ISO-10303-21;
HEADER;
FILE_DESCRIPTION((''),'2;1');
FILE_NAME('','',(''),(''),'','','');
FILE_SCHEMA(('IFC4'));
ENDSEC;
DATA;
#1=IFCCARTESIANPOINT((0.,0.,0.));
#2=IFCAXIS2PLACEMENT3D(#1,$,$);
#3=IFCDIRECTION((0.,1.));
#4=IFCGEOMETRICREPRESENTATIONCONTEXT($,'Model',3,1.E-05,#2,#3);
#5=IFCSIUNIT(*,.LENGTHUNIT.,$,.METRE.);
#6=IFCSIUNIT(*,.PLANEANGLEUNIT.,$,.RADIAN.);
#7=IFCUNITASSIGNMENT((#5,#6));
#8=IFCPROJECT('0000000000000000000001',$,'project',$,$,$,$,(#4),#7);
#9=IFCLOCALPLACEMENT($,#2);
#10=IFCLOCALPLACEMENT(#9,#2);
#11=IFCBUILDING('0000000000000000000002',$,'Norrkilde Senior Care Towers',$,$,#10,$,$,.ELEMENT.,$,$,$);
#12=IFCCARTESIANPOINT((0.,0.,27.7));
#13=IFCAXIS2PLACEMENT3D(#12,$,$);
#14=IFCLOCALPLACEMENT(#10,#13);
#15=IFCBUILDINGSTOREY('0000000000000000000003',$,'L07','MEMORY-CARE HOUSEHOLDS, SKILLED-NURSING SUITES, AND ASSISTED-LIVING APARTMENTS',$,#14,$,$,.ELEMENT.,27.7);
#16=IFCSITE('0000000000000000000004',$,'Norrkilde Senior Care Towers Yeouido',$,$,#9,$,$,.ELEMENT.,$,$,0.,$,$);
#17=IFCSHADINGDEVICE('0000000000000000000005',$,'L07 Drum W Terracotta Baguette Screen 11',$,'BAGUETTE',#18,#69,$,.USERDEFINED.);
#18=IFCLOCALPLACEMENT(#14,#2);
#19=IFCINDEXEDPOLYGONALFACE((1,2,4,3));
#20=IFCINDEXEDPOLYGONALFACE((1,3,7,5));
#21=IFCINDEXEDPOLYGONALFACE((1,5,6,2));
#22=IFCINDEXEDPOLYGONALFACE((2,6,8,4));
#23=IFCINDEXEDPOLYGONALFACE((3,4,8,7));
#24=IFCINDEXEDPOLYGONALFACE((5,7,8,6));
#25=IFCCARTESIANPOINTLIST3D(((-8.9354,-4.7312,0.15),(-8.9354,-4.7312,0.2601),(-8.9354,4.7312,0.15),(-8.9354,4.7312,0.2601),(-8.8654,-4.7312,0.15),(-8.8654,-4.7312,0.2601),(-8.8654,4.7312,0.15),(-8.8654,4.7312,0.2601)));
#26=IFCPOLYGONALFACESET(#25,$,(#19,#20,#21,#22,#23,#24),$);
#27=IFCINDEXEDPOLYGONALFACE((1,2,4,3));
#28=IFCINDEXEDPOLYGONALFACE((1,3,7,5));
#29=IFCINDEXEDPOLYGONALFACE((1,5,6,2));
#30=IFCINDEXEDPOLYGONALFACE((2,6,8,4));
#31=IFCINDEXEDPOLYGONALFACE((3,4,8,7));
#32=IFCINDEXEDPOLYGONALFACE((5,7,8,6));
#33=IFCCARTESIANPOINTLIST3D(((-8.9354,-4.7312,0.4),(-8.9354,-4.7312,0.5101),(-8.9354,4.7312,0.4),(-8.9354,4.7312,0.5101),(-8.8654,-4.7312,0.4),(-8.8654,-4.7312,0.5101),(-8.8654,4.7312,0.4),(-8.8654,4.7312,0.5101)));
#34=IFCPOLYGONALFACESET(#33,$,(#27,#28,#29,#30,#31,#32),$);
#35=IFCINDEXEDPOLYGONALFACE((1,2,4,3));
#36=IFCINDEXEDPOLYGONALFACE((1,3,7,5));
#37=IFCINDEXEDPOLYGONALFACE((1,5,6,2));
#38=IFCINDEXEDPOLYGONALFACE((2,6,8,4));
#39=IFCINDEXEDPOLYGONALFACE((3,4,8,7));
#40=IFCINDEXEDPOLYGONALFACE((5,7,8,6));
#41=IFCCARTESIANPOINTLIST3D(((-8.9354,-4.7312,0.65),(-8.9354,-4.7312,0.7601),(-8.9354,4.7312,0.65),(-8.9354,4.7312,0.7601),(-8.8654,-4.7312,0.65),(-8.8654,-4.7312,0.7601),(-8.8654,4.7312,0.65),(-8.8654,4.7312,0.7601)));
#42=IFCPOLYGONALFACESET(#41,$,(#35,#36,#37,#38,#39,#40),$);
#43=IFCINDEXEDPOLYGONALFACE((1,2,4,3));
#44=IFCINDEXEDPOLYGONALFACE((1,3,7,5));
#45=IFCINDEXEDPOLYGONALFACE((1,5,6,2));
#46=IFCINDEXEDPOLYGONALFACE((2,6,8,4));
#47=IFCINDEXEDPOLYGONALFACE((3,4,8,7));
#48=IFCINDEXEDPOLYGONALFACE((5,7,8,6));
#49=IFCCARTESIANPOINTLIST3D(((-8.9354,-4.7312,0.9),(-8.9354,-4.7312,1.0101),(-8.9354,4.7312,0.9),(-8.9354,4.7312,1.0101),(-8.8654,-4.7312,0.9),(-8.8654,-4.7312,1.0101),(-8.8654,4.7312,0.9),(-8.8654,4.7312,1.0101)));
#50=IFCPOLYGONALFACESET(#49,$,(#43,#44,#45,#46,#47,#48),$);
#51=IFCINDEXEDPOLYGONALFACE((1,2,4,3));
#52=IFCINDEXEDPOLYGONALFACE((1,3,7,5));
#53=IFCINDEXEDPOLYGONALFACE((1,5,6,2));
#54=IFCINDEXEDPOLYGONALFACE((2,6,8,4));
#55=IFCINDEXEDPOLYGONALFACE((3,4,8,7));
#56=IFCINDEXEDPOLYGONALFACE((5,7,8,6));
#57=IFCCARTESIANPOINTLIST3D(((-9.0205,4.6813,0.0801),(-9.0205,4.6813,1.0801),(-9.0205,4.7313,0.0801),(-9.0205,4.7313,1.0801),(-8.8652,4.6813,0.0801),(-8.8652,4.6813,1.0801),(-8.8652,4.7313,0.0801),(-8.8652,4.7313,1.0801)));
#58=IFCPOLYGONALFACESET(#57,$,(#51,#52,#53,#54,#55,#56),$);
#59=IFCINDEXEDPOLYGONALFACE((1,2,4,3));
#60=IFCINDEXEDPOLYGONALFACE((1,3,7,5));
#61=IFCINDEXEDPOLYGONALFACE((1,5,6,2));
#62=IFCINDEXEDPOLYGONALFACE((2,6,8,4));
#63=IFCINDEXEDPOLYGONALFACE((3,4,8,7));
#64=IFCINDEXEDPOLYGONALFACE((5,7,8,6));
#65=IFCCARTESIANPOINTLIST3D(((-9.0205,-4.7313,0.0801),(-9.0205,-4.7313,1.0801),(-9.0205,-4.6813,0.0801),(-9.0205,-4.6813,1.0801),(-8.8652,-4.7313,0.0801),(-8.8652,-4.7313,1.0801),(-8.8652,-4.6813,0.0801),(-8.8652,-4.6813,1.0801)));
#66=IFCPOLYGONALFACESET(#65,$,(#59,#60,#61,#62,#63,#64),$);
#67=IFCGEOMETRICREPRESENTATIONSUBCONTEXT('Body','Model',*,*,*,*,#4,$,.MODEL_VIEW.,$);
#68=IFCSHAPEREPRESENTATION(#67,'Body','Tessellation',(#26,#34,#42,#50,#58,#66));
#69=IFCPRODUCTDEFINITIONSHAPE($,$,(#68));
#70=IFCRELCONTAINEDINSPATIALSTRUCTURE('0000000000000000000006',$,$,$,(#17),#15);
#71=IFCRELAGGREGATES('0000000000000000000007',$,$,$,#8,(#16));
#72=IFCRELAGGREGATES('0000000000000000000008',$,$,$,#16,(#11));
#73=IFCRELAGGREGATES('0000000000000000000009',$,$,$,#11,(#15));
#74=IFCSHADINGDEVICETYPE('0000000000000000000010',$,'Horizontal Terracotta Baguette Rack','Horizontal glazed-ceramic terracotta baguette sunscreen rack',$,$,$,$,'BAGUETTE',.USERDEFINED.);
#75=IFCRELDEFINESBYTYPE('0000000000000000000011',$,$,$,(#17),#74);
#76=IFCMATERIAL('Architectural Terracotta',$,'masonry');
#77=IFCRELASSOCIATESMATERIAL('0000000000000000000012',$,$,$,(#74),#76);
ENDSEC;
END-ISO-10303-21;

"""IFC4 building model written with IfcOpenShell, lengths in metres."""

from ifc_helpers import new_model, si_unit, direction, frame, origin, origin_2d, place, context, subcontext, project, spatial, rectangle, extrude, source, transform, mapped, material, type_object, type_shapes, element, save


model = new_model("IFC4")

# Units and contexts
model_context = context("Model", 3, precision=1e-05, world=origin(), true_north=direction((0.0, 1.0)))
body_context = subcontext(model_context, "Body", "Model", "MODEL_VIEW")
ifc_project = project(units=[si_unit("LENGTHUNIT", "METRE"), si_unit("PLANEANGLEUNIT", "RADIAN")], contexts=[model_context])

# Site, building, storey
site_placement = place(None, origin())
site = spatial("IfcSite", under=ifc_project, at=site_placement, Name="Norrkilde Senior Care Towers Yeouido", CompositionType="ELEMENT", RefElevation=0.0)
building_placement = place(site_placement, origin())
building = spatial("IfcBuilding", under=site, at=building_placement, Name="Norrkilde Senior Care Towers", CompositionType="ELEMENT")
storey_placement = place(building_placement, frame((0.0, 0.0, 27.7)))
storey = spatial("IfcBuildingStorey", under=building, at=storey_placement, Name="L07", Description="MEMORY-CARE HOUSEHOLDS, SKILLED-NURSING SUITES, AND ASSISTED-LIVING APARTMENTS", CompositionType="ELEMENT", Elevation=27.7)

# Shading device
ifc_material_1 = material(Name="Architectural Terracotta", Category="masonry")
shading_device_type = type_object("IfcShadingDeviceType", Name="Horizontal Terracotta Baguette Rack", Description="Horizontal glazed-ceramic terracotta baguette sunscreen rack", ElementType="BAGUETTE", PredefinedType="USERDEFINED", material=ifc_material_1)
shared_shape_1 = source(origin(), body_context, "Body", "SweptSolid", [
    extrude(rectangle(XDim=0.0701, YDim=0.1101, at=origin_2d()), frame((0.0, 0.0901, 0.125), z_axis=(1.0, 0.0, 0.0), x_axis=(0.0, 1.0, 0.0)), (0.0, 0.0, 1.0), 9.4624),
    extrude(rectangle(XDim=0.0701, YDim=0.1101, at=origin_2d()), frame((0.0, 0.0901, 0.375), z_axis=(1.0, 0.0, 0.0), x_axis=(0.0, 1.0, 0.0)), (0.0, 0.0, 1.0), 9.4624),
    extrude(rectangle(XDim=0.0701, YDim=0.1101, at=origin_2d()), frame((0.0, 0.0901, 0.625), z_axis=(1.0, 0.0, 0.0), x_axis=(0.0, 1.0, 0.0)), (0.0, 0.0, 1.0), 9.4624),
    extrude(rectangle(XDim=0.0701, YDim=0.1101, at=origin_2d()), frame((0.0, 0.0901, 0.875), z_axis=(1.0, 0.0, 0.0), x_axis=(0.0, 1.0, 0.0)), (0.0, 0.0, 1.0), 9.4624),
    extrude(rectangle(XDim=0.05, YDim=0.1553, at=origin_2d()), frame((0.0249, 0.0476, 0.0)), (0.0, 0.0, 1.0), 1.0),
    extrude(rectangle(XDim=0.05, YDim=0.1553, at=origin_2d()), frame((9.4375, 0.0476, 0.0)), (0.0, 0.0, 1.0), 1.0),
])
type_shapes(shading_device_type, [shared_shape_1])
shading_device_placement = place(storey_placement, frame((-8.9905, 4.7312, 0.0801), z_axis=(0.0, 0.0, 1.0), x_axis=(0.0, -1.0, 0.0)))
element("IfcShadingDevice", 1, at=shading_device_placement, inside=storey, type_object=shading_device_type, Name="L07 Drum W Terracotta Baguette Screen 11", ObjectType="BAGUETTE", PredefinedType="USERDEFINED", context=body_context, shape_type="MappedRepresentation", body=[
    mapped(shared_shape_1, transform((0.0, 0.0, 0.0), x_axis=(1.0, 0.0, 0.0), y_axis=(0.0, 1.0, 0.0), z_axis=(0.0, 0.0, 1.0), scale=1.0)),
])

save(model, "model.ifc")
